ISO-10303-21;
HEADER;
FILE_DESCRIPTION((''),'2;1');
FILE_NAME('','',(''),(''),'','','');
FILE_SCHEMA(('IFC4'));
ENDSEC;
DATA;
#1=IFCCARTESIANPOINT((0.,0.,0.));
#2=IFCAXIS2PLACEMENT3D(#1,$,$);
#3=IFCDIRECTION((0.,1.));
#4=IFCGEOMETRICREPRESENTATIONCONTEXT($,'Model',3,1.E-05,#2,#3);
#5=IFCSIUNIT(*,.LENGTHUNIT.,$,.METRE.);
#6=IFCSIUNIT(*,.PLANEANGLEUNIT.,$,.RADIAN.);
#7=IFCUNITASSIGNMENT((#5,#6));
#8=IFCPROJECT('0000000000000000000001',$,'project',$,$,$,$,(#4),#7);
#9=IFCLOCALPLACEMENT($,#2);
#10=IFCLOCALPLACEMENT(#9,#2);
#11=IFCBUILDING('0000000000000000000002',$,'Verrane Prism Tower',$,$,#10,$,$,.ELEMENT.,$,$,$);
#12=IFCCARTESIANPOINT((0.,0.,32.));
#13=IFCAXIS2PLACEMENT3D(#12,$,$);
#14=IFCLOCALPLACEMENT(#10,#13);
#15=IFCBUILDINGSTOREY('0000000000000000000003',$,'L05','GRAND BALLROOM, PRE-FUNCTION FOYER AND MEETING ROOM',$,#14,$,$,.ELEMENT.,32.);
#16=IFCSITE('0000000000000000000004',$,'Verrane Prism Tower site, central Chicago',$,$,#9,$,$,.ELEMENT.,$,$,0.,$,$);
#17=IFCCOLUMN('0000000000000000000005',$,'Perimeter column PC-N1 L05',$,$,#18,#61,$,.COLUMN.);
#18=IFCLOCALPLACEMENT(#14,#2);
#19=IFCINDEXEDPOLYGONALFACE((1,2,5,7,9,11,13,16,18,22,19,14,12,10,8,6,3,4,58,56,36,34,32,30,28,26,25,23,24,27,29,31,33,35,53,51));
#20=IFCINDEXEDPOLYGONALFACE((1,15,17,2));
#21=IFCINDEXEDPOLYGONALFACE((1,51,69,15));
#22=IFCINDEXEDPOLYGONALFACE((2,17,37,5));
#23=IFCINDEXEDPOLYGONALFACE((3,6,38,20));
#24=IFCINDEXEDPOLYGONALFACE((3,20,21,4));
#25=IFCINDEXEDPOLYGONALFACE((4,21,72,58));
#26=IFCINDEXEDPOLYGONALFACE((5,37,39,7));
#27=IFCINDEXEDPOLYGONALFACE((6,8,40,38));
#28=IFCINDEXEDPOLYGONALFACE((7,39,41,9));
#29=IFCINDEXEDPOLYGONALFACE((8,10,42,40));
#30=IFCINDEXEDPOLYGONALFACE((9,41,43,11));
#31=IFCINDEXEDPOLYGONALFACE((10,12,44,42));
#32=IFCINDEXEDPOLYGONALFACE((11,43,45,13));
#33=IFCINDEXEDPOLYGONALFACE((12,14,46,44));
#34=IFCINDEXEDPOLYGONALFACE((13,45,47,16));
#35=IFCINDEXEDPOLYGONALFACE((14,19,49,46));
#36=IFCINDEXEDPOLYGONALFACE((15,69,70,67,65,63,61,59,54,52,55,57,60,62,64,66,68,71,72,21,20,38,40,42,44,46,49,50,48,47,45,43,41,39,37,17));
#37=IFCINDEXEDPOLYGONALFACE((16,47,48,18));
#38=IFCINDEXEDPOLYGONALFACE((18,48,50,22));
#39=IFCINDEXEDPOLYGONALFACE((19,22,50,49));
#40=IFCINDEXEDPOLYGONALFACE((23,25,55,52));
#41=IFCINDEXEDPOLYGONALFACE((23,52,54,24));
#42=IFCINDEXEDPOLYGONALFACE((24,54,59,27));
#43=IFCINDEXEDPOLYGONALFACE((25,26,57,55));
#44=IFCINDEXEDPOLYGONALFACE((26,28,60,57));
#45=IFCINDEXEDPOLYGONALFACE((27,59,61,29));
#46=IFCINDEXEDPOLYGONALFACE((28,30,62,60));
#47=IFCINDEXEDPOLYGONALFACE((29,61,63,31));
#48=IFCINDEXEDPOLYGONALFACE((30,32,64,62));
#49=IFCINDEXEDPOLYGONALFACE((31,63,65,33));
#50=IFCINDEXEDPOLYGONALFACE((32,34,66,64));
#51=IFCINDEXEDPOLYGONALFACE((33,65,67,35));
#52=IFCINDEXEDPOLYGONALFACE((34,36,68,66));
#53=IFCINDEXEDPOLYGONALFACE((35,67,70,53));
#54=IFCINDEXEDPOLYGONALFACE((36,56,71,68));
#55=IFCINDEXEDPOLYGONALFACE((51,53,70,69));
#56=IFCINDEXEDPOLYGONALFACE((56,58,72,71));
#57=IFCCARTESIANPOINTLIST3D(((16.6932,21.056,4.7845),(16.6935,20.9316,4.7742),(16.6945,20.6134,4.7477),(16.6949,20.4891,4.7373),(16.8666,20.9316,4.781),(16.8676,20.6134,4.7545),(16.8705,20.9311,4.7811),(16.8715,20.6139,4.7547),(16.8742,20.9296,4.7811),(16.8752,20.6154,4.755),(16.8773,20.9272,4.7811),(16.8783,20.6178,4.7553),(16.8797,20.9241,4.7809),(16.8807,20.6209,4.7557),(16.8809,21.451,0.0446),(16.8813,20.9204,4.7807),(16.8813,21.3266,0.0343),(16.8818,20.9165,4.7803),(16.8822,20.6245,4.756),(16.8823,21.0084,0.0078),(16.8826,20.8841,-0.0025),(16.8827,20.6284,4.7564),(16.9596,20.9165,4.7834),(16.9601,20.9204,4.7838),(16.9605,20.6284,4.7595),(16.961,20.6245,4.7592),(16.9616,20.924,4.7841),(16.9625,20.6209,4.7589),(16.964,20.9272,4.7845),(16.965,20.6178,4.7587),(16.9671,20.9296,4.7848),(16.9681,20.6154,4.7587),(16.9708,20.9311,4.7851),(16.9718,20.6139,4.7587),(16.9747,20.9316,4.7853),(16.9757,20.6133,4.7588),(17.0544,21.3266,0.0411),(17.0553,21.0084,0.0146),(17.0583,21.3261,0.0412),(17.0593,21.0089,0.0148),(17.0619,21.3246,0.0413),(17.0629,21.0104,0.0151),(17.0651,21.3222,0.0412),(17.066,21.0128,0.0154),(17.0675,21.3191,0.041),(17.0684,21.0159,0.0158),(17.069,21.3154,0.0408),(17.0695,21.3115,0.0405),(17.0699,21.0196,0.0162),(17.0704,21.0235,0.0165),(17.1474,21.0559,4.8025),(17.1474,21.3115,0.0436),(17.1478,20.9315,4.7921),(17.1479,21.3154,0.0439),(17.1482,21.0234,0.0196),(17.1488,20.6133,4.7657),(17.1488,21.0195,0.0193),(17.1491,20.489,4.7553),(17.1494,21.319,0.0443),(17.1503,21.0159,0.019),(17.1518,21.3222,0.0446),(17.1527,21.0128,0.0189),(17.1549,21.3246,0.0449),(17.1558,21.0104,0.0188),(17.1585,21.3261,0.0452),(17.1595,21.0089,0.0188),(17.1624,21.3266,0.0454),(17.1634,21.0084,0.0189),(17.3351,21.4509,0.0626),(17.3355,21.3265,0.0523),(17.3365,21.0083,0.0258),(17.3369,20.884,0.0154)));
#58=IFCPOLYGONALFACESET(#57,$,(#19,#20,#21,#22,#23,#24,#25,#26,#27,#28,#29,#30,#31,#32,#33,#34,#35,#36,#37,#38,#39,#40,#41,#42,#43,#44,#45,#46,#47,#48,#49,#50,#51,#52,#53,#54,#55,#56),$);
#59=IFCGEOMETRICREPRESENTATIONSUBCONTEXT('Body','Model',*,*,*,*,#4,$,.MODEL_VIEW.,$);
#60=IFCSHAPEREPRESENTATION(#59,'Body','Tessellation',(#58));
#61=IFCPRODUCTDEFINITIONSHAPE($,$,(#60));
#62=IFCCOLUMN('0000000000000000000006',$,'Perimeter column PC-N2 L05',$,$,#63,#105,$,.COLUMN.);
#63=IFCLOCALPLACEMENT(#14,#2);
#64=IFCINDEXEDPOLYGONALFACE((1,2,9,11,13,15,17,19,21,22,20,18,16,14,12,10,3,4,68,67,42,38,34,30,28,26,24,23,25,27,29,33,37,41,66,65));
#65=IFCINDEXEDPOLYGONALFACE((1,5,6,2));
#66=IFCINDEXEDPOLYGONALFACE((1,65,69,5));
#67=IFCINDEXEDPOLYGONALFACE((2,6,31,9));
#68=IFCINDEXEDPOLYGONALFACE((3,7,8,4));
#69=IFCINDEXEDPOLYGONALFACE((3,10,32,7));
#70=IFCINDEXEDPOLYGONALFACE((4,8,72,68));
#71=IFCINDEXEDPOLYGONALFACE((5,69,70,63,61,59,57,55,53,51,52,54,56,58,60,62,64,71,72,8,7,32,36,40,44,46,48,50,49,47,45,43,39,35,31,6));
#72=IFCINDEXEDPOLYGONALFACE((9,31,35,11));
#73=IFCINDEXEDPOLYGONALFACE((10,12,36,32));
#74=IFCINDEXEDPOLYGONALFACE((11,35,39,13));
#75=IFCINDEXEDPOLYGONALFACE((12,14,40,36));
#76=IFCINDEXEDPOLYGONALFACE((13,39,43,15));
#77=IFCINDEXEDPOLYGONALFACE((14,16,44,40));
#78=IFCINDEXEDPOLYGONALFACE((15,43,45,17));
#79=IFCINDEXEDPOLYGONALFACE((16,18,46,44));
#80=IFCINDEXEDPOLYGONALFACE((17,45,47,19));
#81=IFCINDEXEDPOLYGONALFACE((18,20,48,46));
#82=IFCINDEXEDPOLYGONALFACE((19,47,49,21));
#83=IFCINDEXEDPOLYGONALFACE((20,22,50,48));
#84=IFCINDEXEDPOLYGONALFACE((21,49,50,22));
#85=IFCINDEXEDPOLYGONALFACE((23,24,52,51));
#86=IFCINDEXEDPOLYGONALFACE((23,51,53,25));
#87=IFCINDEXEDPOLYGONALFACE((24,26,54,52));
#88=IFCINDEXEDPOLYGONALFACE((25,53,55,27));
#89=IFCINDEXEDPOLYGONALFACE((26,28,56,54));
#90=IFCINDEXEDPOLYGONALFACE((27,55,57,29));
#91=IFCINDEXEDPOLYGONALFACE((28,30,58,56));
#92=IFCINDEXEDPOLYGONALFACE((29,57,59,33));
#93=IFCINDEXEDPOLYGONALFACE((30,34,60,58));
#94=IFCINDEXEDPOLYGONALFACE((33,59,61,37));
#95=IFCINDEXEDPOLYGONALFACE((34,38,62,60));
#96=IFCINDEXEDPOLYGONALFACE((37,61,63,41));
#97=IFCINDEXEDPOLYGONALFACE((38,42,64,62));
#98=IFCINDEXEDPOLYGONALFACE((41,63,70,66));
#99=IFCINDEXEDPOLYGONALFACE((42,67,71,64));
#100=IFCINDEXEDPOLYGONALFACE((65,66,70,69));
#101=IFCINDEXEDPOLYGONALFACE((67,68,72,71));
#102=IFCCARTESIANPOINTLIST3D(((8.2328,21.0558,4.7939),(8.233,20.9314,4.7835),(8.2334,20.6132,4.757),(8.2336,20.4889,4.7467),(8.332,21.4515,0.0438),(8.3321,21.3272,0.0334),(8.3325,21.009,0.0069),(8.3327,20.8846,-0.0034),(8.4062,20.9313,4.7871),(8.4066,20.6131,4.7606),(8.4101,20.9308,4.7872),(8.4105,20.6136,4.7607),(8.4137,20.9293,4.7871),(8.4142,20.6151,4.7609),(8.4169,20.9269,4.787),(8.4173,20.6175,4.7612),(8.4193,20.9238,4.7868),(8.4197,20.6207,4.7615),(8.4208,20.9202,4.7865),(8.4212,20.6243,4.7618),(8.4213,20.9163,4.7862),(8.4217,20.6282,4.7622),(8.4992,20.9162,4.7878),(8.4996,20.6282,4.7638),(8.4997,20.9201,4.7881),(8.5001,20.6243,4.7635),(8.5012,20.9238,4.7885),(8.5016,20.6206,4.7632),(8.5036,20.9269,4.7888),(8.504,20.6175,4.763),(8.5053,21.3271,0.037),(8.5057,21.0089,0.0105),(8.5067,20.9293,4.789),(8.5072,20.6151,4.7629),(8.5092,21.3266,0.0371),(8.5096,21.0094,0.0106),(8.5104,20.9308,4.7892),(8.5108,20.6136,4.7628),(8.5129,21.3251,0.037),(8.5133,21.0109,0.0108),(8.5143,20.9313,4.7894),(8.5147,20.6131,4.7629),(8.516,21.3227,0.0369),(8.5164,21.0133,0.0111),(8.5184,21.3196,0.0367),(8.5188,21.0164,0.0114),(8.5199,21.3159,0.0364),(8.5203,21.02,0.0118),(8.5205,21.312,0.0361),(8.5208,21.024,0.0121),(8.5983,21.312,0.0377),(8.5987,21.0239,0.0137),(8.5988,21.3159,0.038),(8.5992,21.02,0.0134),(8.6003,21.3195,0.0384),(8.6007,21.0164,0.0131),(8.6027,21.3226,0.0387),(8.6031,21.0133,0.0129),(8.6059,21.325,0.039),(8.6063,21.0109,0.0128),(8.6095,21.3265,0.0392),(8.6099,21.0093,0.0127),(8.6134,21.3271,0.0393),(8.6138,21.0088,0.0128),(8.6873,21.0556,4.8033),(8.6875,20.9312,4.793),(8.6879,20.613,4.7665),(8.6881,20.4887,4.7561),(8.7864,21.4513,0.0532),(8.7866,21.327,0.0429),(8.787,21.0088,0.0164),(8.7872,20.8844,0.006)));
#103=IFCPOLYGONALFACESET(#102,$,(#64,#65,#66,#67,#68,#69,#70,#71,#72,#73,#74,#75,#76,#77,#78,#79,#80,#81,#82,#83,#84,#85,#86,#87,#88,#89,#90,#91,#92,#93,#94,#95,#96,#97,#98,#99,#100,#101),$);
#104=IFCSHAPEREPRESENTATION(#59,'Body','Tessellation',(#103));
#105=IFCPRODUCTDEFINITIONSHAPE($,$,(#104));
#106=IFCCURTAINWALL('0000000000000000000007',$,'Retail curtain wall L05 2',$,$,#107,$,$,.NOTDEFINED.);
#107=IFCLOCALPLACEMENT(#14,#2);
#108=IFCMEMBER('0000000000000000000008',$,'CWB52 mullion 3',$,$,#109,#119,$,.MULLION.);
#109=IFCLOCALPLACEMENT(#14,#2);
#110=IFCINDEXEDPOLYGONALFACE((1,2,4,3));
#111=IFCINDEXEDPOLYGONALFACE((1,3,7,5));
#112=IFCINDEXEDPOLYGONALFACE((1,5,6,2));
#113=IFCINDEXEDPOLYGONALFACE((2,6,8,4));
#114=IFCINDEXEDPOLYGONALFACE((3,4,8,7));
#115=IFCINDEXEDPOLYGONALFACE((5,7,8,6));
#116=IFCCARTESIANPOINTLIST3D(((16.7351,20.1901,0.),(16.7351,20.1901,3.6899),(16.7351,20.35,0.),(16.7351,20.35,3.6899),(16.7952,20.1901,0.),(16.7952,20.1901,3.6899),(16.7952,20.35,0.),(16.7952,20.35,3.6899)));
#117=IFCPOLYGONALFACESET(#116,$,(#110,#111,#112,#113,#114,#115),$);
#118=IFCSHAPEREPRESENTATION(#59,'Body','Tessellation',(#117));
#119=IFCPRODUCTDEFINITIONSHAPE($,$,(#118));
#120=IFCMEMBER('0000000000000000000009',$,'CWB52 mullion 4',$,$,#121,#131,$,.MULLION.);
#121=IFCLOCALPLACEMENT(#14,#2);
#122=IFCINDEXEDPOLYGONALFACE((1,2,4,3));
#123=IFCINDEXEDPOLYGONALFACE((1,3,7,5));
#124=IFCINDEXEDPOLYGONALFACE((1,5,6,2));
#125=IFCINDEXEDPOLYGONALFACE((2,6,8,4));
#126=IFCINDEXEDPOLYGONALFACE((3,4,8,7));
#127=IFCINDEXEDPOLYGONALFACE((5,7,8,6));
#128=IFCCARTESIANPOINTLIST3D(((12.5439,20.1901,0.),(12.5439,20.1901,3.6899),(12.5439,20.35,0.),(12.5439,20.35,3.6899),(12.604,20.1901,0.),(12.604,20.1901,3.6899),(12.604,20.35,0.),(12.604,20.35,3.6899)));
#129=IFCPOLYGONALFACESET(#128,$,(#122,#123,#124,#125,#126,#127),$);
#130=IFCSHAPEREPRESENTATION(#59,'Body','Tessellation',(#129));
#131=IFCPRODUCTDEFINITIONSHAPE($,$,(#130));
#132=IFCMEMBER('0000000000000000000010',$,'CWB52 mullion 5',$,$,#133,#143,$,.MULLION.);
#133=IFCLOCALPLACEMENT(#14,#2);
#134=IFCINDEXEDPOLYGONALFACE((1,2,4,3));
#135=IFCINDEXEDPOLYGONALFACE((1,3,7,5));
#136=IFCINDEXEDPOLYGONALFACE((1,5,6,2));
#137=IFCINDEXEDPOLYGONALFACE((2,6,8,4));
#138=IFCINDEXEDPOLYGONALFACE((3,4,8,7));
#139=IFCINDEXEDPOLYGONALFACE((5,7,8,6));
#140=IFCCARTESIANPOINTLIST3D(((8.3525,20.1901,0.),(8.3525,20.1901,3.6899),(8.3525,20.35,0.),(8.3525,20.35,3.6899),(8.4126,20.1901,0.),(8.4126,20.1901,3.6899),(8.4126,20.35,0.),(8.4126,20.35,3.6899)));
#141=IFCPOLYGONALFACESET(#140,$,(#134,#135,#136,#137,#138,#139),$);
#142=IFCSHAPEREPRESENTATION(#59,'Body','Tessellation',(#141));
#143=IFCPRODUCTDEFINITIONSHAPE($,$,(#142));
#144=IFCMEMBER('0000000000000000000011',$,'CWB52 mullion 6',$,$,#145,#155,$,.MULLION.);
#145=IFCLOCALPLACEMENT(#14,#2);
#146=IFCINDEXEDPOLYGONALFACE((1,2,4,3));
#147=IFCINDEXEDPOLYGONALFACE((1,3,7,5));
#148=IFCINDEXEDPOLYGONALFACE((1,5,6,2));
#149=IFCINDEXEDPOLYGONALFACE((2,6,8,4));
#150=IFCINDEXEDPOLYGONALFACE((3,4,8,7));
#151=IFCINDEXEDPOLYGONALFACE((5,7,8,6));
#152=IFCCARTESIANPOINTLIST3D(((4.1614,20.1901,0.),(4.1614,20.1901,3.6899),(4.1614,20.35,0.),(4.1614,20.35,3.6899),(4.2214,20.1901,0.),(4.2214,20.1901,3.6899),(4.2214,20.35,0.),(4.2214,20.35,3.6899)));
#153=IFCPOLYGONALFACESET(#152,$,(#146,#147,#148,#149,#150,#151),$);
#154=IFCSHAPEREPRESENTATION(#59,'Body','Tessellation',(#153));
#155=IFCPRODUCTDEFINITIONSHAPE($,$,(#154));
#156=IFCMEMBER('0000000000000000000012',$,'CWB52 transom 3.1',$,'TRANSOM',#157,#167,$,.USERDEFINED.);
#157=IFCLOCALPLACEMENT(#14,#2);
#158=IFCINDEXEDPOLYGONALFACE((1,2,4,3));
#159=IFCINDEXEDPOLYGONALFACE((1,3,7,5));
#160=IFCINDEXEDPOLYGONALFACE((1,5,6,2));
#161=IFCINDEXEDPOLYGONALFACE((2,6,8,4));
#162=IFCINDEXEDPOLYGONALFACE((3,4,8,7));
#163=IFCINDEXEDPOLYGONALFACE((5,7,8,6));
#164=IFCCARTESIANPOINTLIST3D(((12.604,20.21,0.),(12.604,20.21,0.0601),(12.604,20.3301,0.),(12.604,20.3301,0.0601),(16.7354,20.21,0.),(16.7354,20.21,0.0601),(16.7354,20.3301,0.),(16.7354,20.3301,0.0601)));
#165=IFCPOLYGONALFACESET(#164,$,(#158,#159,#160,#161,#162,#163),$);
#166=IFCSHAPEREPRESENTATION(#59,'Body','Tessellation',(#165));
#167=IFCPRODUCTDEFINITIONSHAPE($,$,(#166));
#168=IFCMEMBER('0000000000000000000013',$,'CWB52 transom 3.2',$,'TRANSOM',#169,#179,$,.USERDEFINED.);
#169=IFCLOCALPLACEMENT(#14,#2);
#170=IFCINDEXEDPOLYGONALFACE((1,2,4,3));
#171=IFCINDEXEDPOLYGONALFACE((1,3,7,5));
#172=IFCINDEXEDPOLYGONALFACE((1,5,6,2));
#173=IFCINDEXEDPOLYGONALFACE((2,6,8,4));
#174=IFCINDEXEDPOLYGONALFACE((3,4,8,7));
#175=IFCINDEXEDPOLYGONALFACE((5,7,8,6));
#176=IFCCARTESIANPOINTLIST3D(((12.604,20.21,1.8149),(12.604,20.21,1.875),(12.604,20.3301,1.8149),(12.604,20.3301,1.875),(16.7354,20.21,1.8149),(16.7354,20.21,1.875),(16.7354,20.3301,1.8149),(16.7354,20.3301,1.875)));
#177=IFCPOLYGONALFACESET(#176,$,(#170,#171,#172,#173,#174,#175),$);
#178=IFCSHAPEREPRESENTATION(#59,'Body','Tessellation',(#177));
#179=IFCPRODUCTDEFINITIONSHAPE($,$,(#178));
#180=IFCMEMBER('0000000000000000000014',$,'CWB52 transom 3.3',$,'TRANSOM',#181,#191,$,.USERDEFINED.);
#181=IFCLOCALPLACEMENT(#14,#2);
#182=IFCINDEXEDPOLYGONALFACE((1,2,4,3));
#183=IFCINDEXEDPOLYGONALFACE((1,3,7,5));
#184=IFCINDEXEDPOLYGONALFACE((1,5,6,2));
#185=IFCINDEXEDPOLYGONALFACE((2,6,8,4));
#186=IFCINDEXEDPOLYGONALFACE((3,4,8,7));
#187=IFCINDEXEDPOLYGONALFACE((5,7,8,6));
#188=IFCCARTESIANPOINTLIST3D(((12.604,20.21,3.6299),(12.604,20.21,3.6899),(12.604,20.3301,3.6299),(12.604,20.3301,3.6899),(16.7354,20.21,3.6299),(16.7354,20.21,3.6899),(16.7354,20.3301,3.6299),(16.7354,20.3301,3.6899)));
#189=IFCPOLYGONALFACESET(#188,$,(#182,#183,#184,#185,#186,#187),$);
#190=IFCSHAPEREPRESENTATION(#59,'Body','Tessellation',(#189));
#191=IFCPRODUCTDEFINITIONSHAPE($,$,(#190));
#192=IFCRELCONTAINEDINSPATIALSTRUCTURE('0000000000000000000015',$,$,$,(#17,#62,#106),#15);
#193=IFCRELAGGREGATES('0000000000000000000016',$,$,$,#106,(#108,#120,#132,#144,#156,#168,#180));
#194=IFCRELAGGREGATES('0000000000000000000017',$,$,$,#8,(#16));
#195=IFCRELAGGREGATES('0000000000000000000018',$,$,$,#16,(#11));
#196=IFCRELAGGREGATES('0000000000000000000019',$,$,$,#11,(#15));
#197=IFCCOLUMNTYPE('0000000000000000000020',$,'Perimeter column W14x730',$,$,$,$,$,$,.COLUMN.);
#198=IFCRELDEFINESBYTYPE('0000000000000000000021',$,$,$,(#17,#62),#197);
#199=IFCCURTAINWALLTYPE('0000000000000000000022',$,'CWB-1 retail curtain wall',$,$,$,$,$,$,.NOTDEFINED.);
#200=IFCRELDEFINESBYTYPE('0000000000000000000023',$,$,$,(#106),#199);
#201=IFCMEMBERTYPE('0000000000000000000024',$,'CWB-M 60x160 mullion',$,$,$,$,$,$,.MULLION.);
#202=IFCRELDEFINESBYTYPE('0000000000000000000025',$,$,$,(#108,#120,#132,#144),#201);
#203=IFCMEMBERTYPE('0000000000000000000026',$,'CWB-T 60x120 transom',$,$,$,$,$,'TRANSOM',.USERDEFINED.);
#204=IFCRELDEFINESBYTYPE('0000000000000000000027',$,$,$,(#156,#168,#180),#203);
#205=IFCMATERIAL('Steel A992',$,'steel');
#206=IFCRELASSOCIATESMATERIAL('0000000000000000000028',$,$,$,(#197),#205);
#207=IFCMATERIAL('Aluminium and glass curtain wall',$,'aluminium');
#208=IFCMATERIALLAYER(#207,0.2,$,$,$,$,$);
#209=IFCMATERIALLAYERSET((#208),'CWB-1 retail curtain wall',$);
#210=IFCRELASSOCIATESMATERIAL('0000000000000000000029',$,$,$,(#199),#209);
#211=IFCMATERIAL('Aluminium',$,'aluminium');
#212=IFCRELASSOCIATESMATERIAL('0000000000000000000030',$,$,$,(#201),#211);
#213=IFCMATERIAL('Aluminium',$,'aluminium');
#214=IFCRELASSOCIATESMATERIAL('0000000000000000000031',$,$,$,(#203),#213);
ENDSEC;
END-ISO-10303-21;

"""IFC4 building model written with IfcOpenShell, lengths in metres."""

from ifc_helpers import new_model, si_unit, direction, frame, origin, origin_2d, place, context, subcontext, project, spatial, rectangle, i_section, extrude, material, layer, layer_set, material_profile, profile_set, type_object, element, aggregate, save


model = new_model("IFC4")

# Units and contexts
model_context = context("Model", 3, precision=1e-05, world=origin(), true_north=direction((0.0, 1.0)))
body_context = subcontext(model_context, "Body", "Model", "MODEL_VIEW")
ifc_project = project(units=[si_unit("LENGTHUNIT", "METRE"), si_unit("PLANEANGLEUNIT", "RADIAN")], contexts=[model_context])

# Site, building, storey
site_placement = place(None, origin())
site = spatial("IfcSite", under=ifc_project, at=site_placement, Name="Verrane Prism Tower site, central Chicago", CompositionType="ELEMENT", RefElevation=0.0)
building_placement = place(site_placement, origin())
building = spatial("IfcBuilding", under=site, at=building_placement, Name="Verrane Prism Tower", CompositionType="ELEMENT")
storey_placement = place(building_placement, frame((0.0, 0.0, 32.0)))
storey = spatial("IfcBuildingStorey", under=building, at=storey_placement, Name="L05", Description="GRAND BALLROOM, PRE-FUNCTION FOYER AND MEETING ROOM", CompositionType="ELEMENT", Elevation=32.0)

# Columns
ifc_material_1 = material(Name="Steel A992", Category="steel")
ifc_material_profile_1 = material_profile(ifc_material_1, i_section(OverallWidth=0.4546, OverallDepth=0.5688, WebThickness=0.0779, FlangeThickness=0.1248, FilletRadius=0.0151, at=origin_2d()), Name="W14x730")
ifc_profile_set_1 = profile_set([ifc_material_profile_1], Name="Steel A992")
column_type = type_object("IfcColumnType", Name="Perimeter column W14x730", PredefinedType="COLUMN", material=ifc_profile_set_1)
column_1_placement = place(storey_placement, frame((17.1089, 21.1675, 0.03), z_axis=(-0.039441, -0.082985, 0.99577), x_axis=(0.999217, -0.000228, 0.039559)))
element("IfcColumn", 1, at=column_1_placement, inside=storey, type_object=column_type, Name="Perimeter column PC-N1 L05", PredefinedType="COLUMN", context=body_context, shape_type="SweptSolid", body=[
    extrude(i_section(OverallWidth=0.4546, OverallDepth=0.5688, WebThickness=0.0779, FlangeThickness=0.1248, FilletRadius=0.0151, at=origin_2d()), origin(), (0.0, 0.0, 1.0), 4.76),
])
column_2_placement = place(storey_placement, frame((8.5596, 21.168, 0.0249), z_axis=(-0.020791, -0.083011, 0.996332), x_axis=(0.999783, -0.000435, 0.020827)))
element("IfcColumn", 2, at=column_2_placement, inside=storey, type_object=column_type, Name="Perimeter column PC-N2 L05", PredefinedType="COLUMN", context=body_context, shape_type="SweptSolid", body=[
    extrude(i_section(OverallWidth=0.4546, OverallDepth=0.5688, WebThickness=0.0779, FlangeThickness=0.1248, FilletRadius=0.0151, at=origin_2d()), origin(), (0.0, 0.0, 1.0), 4.7676),
])

# Curtain wall, members
ifc_material_2 = material(Name="Aluminium and glass curtain wall", Category="aluminium")
ifc_layer_1 = layer(ifc_material_2, 0.2)
ifc_layer_set_1 = layer_set([ifc_layer_1], Name="CWB-1 retail curtain wall")
curtain_wall_type = type_object("IfcCurtainWallType", Name="CWB-1 retail curtain wall", PredefinedType="NOTDEFINED", material=ifc_layer_set_1)
curtain_wall_placement = place(storey_placement, origin())
curtain_wall = element("IfcCurtainWall", 3, at=curtain_wall_placement, inside=storey, type_object=curtain_wall_type, Name="Retail curtain wall L05 2", PredefinedType="NOTDEFINED")
ifc_material_3 = material(Name="Aluminium", Category="aluminium")
ifc_material_profile_2 = material_profile(ifc_material_3, rectangle(XDim=0.1599, YDim=0.0601, at=origin_2d()), Name="CWB-M 60x160 mullion")
ifc_profile_set_2 = profile_set([ifc_material_profile_2], Name="Aluminium")
member_type_1 = type_object("IfcMemberType", Name="CWB-M 60x160 mullion", PredefinedType="MULLION", material=ifc_profile_set_2)
member_1_placement = place(storey_placement, frame((16.7651, 20.27, 0.0), z_axis=(0.0, 0.0, 1.0), x_axis=(0.0, -1.0, 0.0)))
member_1 = element("IfcMember", 4, at=member_1_placement, type_object=member_type_1, Name="CWB52 mullion 3", PredefinedType="MULLION", context=body_context, shape_type="SweptSolid", body=[
    extrude(rectangle(XDim=0.1599, YDim=0.0601, at=origin_2d()), origin(), (0.0, 0.0, 1.0), 3.6899),
])
member_2_placement = place(storey_placement, frame((12.574, 20.27, 0.0), z_axis=(0.0, 0.0, 1.0), x_axis=(0.0, -1.0, 0.0)))
member_2 = element("IfcMember", 5, at=member_2_placement, type_object=member_type_1, Name="CWB52 mullion 4", PredefinedType="MULLION", context=body_context, shape_type="SweptSolid", body=[
    extrude(rectangle(XDim=0.1599, YDim=0.0601, at=origin_2d()), origin(), (0.0, 0.0, 1.0), 3.6899),
])
member_3_placement = place(storey_placement, frame((8.3826, 20.27, 0.0), z_axis=(0.0, 0.0, 1.0), x_axis=(0.0, -1.0, 0.0)))
member_3 = element("IfcMember", 6, at=member_3_placement, type_object=member_type_1, Name="CWB52 mullion 5", PredefinedType="MULLION", context=body_context, shape_type="SweptSolid", body=[
    extrude(rectangle(XDim=0.1599, YDim=0.0601, at=origin_2d()), origin(), (0.0, 0.0, 1.0), 3.6899),
])
member_4_placement = place(storey_placement, frame((4.1914, 20.27, 0.0), z_axis=(0.0, 0.0, 1.0), x_axis=(0.0, -1.0, 0.0)))
member_4 = element("IfcMember", 7, at=member_4_placement, type_object=member_type_1, Name="CWB52 mullion 6", PredefinedType="MULLION", context=body_context, shape_type="SweptSolid", body=[
    extrude(rectangle(XDim=0.1599, YDim=0.0601, at=origin_2d()), origin(), (0.0, 0.0, 1.0), 3.6899),
])
ifc_material_4 = material(Name="Aluminium", Category="aluminium")
ifc_material_profile_3 = material_profile(ifc_material_4, rectangle(XDim=0.1201, YDim=0.0601, at=origin_2d()), Name="CWB-T 60x120 transom")
ifc_profile_set_3 = profile_set([ifc_material_profile_3], Name="Aluminium")
member_type_2 = type_object("IfcMemberType", Name="CWB-T 60x120 transom", ElementType="TRANSOM", PredefinedType="USERDEFINED", material=ifc_profile_set_3)
member_5_placement = place(storey_placement, frame((16.7354, 20.27, 0.03), z_axis=(-1.0, 0.0, 0.0), x_axis=(0.0, -1.0, 0.0)))
member_5 = element("IfcMember", 8, at=member_5_placement, type_object=member_type_2, Name="CWB52 transom 3.1", ObjectType="TRANSOM", PredefinedType="USERDEFINED", context=body_context, shape_type="SweptSolid", body=[
    extrude(rectangle(XDim=0.1201, YDim=0.0601, at=origin_2d()), origin(), (0.0, 0.0, 1.0), 4.1313),
])
member_6_placement = place(storey_placement, frame((16.7354, 20.27, 1.845), z_axis=(-1.0, 0.0, 0.0), x_axis=(0.0, -1.0, 0.0)))
member_6 = element("IfcMember", 9, at=member_6_placement, type_object=member_type_2, Name="CWB52 transom 3.2", ObjectType="TRANSOM", PredefinedType="USERDEFINED", context=body_context, shape_type="SweptSolid", body=[
    extrude(rectangle(XDim=0.1201, YDim=0.0601, at=origin_2d()), origin(), (0.0, 0.0, 1.0), 4.1313),
])
member_7_placement = place(storey_placement, frame((16.7354, 20.27, 3.6599), z_axis=(-1.0, 0.0, 0.0), x_axis=(0.0, -1.0, 0.0)))
member_7 = element("IfcMember", 10, at=member_7_placement, type_object=member_type_2, Name="CWB52 transom 3.3", ObjectType="TRANSOM", PredefinedType="USERDEFINED", context=body_context, shape_type="SweptSolid", body=[
    extrude(rectangle(XDim=0.1201, YDim=0.0601, at=origin_2d()), origin(), (0.0, 0.0, 1.0), 4.1313),
])

aggregate(curtain_wall, [member_1, member_2, member_3, member_4, member_5, member_6, member_7])

save(model, "model.ifc")
